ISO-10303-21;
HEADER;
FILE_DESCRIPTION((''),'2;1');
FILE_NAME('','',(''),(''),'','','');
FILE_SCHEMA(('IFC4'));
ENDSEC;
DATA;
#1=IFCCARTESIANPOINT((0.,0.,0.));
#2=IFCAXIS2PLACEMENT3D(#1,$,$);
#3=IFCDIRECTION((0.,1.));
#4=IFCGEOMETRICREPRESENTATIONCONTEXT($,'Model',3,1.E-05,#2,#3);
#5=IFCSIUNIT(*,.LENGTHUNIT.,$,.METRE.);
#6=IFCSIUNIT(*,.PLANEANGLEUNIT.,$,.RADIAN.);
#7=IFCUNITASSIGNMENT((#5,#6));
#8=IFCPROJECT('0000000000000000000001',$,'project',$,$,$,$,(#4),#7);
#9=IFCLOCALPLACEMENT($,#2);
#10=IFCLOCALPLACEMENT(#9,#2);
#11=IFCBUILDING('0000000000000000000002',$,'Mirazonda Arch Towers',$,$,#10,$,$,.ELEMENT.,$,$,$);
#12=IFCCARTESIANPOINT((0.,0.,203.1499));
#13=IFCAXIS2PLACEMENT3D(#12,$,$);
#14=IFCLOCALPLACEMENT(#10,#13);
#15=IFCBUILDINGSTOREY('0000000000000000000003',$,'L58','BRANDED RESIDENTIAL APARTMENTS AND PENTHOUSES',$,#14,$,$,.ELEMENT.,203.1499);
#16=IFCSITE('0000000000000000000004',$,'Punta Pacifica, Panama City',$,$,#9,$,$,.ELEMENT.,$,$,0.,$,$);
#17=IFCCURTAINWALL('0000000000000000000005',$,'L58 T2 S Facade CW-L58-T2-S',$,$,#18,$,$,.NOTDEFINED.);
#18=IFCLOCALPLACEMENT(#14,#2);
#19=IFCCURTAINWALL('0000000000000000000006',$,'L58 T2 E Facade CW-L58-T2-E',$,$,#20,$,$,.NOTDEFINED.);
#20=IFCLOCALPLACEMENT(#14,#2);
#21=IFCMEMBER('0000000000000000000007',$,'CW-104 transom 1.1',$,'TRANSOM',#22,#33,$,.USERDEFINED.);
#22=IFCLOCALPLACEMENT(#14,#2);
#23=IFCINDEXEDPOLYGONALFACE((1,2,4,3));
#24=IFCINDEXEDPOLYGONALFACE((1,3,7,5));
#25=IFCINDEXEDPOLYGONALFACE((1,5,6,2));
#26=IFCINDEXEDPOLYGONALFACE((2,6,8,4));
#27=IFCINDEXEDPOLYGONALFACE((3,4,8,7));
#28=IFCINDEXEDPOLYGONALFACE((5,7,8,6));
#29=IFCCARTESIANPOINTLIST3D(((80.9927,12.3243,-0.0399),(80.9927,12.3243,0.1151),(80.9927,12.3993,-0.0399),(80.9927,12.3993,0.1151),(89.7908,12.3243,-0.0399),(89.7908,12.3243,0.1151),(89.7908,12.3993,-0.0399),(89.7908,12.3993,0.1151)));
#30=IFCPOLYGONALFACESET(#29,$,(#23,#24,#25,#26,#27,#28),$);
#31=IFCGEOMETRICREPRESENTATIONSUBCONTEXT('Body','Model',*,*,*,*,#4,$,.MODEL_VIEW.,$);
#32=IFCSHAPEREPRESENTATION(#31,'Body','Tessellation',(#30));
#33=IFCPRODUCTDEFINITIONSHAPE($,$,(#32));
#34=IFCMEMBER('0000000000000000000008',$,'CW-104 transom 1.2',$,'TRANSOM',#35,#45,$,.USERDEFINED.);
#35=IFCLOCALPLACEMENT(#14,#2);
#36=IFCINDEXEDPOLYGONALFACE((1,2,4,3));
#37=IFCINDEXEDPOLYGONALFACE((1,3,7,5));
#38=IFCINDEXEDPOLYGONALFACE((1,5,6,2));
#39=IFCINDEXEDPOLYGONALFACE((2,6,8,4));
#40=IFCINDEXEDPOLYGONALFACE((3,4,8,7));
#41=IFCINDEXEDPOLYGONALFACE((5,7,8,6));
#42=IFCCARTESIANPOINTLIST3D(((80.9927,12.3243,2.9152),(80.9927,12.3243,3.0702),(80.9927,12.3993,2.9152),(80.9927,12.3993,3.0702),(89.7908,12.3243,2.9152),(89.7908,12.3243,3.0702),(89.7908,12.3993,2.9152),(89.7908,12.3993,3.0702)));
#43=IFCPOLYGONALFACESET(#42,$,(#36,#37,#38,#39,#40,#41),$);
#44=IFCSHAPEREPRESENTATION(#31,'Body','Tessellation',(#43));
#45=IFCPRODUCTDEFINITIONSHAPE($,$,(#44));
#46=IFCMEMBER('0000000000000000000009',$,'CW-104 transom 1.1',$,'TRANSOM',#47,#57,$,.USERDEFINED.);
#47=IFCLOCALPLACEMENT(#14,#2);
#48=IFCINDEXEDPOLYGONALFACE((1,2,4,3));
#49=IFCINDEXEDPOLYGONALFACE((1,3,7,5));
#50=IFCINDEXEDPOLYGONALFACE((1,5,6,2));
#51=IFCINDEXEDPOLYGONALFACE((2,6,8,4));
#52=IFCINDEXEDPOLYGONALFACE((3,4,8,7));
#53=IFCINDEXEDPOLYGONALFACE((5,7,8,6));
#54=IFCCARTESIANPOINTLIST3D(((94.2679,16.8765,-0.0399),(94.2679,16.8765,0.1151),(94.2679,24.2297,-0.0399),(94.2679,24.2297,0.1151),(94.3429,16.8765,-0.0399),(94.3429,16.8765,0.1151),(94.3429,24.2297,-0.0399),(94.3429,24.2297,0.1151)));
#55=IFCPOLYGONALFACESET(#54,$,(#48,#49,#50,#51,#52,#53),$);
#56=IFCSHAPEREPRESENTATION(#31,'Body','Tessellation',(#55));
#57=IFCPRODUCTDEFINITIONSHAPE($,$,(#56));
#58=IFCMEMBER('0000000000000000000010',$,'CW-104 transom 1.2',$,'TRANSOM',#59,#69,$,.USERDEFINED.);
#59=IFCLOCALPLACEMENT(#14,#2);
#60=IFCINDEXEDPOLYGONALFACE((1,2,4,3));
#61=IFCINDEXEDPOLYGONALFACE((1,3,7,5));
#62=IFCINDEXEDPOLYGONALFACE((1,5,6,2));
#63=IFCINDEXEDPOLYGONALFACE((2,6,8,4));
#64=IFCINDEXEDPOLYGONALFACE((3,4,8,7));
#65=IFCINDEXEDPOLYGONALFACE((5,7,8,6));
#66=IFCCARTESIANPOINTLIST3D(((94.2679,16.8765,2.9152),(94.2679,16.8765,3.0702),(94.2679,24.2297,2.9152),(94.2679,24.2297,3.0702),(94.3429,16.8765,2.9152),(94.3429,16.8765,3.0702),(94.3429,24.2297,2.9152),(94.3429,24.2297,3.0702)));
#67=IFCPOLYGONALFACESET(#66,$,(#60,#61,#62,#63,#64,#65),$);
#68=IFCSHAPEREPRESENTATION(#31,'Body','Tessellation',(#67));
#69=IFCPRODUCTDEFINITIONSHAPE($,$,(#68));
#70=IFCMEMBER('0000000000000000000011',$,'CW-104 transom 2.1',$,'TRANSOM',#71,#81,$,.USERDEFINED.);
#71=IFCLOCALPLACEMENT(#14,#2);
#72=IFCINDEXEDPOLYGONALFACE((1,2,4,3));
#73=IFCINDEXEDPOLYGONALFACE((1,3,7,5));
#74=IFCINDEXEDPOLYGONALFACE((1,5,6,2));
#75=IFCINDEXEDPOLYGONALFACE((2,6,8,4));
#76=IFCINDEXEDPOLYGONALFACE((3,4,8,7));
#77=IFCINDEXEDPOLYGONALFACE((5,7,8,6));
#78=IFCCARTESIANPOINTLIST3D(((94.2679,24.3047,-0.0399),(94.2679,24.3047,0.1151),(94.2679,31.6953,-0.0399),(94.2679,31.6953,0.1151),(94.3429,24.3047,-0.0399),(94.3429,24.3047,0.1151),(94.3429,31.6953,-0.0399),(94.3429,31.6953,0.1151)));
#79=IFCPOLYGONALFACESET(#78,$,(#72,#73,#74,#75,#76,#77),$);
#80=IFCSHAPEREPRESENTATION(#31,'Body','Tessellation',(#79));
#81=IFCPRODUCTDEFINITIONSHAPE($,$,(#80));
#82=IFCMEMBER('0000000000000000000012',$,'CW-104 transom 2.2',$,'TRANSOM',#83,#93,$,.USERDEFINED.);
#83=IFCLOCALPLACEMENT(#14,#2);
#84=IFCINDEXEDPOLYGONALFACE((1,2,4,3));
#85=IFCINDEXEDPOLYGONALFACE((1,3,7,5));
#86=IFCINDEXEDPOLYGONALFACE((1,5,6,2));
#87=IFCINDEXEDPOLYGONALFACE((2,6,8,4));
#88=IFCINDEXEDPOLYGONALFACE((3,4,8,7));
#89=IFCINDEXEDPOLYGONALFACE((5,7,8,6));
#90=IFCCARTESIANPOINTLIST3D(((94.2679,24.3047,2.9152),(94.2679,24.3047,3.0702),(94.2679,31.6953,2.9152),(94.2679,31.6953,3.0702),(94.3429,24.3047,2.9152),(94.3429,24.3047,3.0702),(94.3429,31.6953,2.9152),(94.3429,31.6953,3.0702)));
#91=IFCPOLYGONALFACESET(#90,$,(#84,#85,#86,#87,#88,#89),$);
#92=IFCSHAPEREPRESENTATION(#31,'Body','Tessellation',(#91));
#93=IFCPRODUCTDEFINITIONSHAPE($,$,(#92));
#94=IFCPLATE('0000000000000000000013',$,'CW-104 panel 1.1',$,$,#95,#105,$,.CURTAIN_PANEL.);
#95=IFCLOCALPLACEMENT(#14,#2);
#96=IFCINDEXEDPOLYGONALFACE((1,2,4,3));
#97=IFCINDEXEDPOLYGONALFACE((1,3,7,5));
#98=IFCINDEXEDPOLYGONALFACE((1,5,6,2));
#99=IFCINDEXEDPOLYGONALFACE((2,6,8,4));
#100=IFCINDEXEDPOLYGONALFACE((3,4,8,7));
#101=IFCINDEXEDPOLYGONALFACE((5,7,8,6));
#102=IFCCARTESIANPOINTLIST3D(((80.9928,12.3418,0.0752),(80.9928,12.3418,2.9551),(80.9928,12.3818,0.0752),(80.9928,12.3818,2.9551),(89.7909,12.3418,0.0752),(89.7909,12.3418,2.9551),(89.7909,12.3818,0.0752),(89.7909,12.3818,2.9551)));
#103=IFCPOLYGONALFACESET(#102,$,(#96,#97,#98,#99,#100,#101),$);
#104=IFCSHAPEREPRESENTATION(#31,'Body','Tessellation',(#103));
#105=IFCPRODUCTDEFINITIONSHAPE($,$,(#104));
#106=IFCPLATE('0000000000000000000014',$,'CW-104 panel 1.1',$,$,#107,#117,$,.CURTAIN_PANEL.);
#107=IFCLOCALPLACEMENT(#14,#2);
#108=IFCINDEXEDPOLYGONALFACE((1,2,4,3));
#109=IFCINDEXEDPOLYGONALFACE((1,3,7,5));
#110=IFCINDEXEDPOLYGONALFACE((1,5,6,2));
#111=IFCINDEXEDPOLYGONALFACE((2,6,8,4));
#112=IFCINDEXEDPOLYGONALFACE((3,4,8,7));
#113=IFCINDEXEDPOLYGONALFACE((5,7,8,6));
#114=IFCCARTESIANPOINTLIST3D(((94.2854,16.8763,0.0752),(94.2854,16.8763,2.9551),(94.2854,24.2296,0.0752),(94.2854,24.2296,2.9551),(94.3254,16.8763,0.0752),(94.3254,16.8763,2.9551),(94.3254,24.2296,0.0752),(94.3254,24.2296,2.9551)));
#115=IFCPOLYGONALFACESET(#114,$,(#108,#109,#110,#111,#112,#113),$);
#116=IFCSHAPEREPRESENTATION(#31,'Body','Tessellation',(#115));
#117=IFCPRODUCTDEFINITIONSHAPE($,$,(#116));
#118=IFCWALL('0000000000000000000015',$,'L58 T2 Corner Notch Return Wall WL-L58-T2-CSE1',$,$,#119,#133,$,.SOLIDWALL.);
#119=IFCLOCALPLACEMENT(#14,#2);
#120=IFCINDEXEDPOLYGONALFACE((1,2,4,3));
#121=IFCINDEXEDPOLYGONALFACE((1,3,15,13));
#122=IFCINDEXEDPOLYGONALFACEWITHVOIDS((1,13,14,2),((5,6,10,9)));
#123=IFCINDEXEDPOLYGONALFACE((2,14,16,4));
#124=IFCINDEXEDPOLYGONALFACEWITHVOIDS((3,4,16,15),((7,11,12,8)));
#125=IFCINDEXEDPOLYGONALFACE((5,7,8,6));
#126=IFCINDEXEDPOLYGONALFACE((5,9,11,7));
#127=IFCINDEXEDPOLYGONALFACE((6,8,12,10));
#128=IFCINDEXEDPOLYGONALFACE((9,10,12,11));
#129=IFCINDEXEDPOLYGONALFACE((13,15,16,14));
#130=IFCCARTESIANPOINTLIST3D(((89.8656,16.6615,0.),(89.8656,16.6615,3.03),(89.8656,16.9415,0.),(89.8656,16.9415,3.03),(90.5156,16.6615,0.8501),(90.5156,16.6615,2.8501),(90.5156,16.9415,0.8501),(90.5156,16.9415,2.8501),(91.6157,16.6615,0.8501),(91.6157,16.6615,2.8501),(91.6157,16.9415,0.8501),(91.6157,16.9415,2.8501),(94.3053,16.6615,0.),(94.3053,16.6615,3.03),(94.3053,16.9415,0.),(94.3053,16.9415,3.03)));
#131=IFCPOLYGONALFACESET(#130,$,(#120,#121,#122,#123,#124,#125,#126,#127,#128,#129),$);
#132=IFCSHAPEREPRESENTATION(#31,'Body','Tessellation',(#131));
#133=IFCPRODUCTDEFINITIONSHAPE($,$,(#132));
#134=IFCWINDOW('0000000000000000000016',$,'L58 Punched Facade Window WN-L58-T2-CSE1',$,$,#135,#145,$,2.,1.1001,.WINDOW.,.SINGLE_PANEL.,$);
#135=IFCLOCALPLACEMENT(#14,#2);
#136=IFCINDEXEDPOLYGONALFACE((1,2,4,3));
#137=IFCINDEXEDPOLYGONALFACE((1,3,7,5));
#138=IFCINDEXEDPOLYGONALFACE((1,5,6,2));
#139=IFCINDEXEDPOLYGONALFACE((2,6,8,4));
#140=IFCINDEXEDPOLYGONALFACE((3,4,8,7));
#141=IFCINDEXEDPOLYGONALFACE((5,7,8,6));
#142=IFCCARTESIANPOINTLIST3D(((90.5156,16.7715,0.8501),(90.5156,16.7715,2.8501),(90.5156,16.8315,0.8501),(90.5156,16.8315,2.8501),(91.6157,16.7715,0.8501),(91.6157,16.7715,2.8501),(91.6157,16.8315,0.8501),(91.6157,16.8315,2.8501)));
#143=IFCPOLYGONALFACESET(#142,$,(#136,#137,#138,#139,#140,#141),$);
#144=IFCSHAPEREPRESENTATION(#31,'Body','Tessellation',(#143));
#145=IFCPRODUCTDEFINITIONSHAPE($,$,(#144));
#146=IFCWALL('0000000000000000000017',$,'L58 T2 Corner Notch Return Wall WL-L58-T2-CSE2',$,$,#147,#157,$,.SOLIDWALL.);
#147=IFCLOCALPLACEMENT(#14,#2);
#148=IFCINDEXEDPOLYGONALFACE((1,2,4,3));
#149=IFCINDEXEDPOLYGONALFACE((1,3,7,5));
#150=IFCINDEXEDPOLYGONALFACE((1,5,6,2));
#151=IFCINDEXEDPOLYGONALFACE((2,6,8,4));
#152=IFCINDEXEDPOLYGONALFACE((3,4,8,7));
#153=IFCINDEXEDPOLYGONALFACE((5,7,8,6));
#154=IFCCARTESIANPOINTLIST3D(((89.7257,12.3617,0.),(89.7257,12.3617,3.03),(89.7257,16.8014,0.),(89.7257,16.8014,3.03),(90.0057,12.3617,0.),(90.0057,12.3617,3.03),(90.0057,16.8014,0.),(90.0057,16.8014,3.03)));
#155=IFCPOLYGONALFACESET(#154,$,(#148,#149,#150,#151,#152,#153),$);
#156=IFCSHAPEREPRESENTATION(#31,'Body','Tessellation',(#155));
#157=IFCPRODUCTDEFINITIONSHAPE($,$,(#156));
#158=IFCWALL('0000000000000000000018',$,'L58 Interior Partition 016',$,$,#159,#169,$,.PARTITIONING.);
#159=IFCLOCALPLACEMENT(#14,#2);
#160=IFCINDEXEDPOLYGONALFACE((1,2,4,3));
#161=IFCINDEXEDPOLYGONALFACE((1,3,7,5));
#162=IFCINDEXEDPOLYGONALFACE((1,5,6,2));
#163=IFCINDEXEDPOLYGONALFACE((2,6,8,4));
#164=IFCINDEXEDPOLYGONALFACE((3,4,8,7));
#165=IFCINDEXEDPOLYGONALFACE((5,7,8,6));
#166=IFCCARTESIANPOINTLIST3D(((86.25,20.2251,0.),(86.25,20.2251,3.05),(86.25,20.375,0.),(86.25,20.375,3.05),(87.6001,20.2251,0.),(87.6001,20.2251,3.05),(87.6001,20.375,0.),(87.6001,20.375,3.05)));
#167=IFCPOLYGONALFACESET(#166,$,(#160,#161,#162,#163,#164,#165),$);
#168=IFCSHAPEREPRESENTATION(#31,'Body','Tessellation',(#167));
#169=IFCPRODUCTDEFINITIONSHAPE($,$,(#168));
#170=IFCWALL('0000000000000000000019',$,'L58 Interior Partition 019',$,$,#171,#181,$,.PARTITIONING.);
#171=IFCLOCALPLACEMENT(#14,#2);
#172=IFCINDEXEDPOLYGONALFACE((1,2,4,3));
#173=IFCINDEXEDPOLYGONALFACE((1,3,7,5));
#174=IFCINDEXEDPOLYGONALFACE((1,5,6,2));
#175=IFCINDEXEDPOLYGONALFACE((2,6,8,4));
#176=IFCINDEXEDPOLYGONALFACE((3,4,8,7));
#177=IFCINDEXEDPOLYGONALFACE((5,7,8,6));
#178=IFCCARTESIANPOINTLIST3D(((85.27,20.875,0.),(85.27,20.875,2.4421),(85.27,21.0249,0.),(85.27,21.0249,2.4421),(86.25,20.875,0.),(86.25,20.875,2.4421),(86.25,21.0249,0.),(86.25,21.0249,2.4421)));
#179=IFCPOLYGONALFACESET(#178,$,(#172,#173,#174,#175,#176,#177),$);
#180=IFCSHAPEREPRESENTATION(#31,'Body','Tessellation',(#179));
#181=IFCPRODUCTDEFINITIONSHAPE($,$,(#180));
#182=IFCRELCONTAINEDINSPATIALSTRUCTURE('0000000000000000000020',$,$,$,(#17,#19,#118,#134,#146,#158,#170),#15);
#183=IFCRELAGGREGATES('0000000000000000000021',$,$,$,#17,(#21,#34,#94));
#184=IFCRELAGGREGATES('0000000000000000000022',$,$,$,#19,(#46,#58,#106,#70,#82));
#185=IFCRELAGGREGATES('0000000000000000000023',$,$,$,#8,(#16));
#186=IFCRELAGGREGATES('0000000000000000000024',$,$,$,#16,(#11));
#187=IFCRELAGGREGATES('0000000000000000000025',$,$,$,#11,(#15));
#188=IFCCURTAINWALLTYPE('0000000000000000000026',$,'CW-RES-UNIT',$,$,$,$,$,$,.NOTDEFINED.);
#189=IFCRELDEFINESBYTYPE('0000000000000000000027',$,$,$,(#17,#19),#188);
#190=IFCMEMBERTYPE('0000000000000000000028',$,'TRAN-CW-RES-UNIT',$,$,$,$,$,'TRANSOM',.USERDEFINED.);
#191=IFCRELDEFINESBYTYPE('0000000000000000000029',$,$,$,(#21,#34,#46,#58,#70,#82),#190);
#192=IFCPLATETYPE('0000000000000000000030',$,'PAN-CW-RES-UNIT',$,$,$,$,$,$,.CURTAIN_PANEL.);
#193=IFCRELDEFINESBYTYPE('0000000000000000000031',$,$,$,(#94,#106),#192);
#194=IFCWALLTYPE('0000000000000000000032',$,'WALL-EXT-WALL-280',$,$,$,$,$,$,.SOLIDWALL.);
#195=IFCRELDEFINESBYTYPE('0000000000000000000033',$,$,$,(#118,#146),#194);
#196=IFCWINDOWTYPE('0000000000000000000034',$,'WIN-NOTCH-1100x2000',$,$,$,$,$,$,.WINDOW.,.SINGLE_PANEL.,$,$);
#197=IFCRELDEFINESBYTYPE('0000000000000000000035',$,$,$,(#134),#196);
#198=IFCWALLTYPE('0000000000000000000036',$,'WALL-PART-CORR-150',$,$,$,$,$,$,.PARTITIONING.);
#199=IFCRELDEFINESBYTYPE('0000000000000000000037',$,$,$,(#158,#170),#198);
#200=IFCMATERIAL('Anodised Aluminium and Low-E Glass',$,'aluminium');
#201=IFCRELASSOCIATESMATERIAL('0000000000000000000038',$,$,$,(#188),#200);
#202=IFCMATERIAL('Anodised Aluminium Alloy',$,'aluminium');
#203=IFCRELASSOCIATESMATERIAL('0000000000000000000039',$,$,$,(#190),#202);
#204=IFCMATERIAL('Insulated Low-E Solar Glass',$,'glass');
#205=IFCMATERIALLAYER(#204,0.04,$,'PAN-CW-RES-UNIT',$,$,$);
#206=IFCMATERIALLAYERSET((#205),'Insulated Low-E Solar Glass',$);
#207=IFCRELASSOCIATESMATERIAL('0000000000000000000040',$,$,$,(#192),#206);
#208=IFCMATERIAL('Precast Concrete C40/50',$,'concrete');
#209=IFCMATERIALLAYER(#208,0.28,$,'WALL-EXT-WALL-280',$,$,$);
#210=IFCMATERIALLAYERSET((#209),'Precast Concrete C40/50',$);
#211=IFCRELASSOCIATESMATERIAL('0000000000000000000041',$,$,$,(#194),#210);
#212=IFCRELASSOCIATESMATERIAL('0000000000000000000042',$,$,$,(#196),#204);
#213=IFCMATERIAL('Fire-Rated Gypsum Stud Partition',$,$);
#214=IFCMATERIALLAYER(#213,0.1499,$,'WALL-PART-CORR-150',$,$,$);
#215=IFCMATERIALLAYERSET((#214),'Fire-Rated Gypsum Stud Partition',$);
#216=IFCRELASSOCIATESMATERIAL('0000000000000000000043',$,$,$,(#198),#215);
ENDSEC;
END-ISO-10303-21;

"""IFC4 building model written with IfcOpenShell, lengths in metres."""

from ifc_helpers import new_model, si_unit, direction, frame, frame_2d, origin, origin_2d, place, context, subcontext, project, spatial, rectangle, extrude, material, layer, layer_set, material_profile, profile_set, type_object, element, fill, aggregate, save


model = new_model("IFC4")

# Units and contexts
model_context = context("Model", 3, precision=1e-05, world=origin(), true_north=direction((0.0, 1.0)))
body_context = subcontext(model_context, "Body", "Model", "MODEL_VIEW")
ifc_project = project(units=[si_unit("LENGTHUNIT", "METRE"), si_unit("PLANEANGLEUNIT", "RADIAN")], contexts=[model_context])

# Site, building, storey
site_placement = place(None, origin())
site = spatial("IfcSite", under=ifc_project, at=site_placement, Name="Punta Pacifica, Panama City", CompositionType="ELEMENT", RefElevation=0.0)
building_placement = place(site_placement, origin())
building = spatial("IfcBuilding", under=site, at=building_placement, Name="Mirazonda Arch Towers", CompositionType="ELEMENT")
storey_placement = place(building_placement, frame((0.0, 0.0, 203.1499)))
storey = spatial("IfcBuildingStorey", under=building, at=storey_placement, Name="L58", Description="BRANDED RESIDENTIAL APARTMENTS AND PENTHOUSES", CompositionType="ELEMENT", Elevation=203.1499)

# Curtain wall
ifc_material_1 = material(Name="Anodised Aluminium and Low-E Glass", Category="aluminium")
curtain_wall_type = type_object("IfcCurtainWallType", Name="CW-RES-UNIT", PredefinedType="NOTDEFINED", material=ifc_material_1)
curtain_wall_1_placement = place(storey_placement, origin())
curtain_wall_1 = element("IfcCurtainWall", 1, at=curtain_wall_1_placement, inside=storey, type_object=curtain_wall_type, Name="L58 T2 S Facade CW-L58-T2-S", PredefinedType="NOTDEFINED")
ifc_material_2 = material(Name="Anodised Aluminium Alloy", Category="aluminium")

# Curtain wall
curtain_wall_2_placement = place(storey_placement, origin())
curtain_wall_2 = element("IfcCurtainWall", 2, at=curtain_wall_2_placement, inside=storey, type_object=curtain_wall_type, Name="L58 T2 E Facade CW-L58-T2-E", PredefinedType="NOTDEFINED")

# Members
ifc_material_profile_1 = material_profile(ifc_material_2, rectangle(XDim=0.075, YDim=0.155, at=origin_2d()), Name="ALU-TRAN-75x155")
ifc_profile_set_1 = profile_set([ifc_material_profile_1], Name="Anodised Aluminium Alloy")
member_type_1 = type_object("IfcMemberType", Name="TRAN-CW-RES-UNIT", ElementType="TRANSOM", PredefinedType="USERDEFINED", material=ifc_profile_set_1)
member_1_placement = place(storey_placement, frame((89.7908, 12.3618, 0.0376), z_axis=(-1.0, 0.0, 0.0), x_axis=(0.0, -1.0, 0.0)))
member_1 = element("IfcMember", 3, at=member_1_placement, type_object=member_type_1, Name="CW-104 transom 1.1", ObjectType="TRANSOM", PredefinedType="USERDEFINED", context=body_context, shape_type="SweptSolid", body=[
    extrude(rectangle(XDim=0.075, YDim=0.155, at=origin_2d()), origin(), (0.0, 0.0, 1.0), 8.7981),
])
member_2_placement = place(storey_placement, frame((89.7908, 12.3618, 2.9927), z_axis=(-1.0, 0.0, 0.0), x_axis=(0.0, -1.0, 0.0)))
member_2 = element("IfcMember", 4, at=member_2_placement, type_object=member_type_1, Name="CW-104 transom 1.2", ObjectType="TRANSOM", PredefinedType="USERDEFINED", context=body_context, shape_type="SweptSolid", body=[
    extrude(rectangle(XDim=0.075, YDim=0.155, at=origin_2d()), origin(), (0.0, 0.0, 1.0), 8.7981),
])
member_3_placement = place(storey_placement, frame((94.3054, 16.8765, 0.0376), z_axis=(0.0, 1.0, 0.0), x_axis=(-1.0, 0.0, 0.0)))
member_3 = element("IfcMember", 5, at=member_3_placement, type_object=member_type_1, Name="CW-104 transom 1.1", ObjectType="TRANSOM", PredefinedType="USERDEFINED", context=body_context, shape_type="SweptSolid", body=[
    extrude(rectangle(XDim=0.075, YDim=0.155, at=origin_2d()), origin(), (0.0, 0.0, 1.0), 7.3533),
])
member_4_placement = place(storey_placement, frame((94.3054, 16.8765, 2.9927), z_axis=(0.0, 1.0, 0.0), x_axis=(-1.0, 0.0, 0.0)))
member_4 = element("IfcMember", 6, at=member_4_placement, type_object=member_type_1, Name="CW-104 transom 1.2", ObjectType="TRANSOM", PredefinedType="USERDEFINED", context=body_context, shape_type="SweptSolid", body=[
    extrude(rectangle(XDim=0.075, YDim=0.155, at=origin_2d()), origin(), (0.0, 0.0, 1.0), 7.3533),
])
member_5_placement = place(storey_placement, frame((94.3054, 24.3047, 0.0376), z_axis=(0.0, 1.0, 0.0), x_axis=(-1.0, 0.0, 0.0)))
member_5 = element("IfcMember", 7, at=member_5_placement, type_object=member_type_1, Name="CW-104 transom 2.1", ObjectType="TRANSOM", PredefinedType="USERDEFINED", context=body_context, shape_type="SweptSolid", body=[
    extrude(rectangle(XDim=0.075, YDim=0.155, at=origin_2d()), origin(), (0.0, 0.0, 1.0), 7.3906),
])
member_6_placement = place(storey_placement, frame((94.3054, 24.3047, 2.9927), z_axis=(0.0, 1.0, 0.0), x_axis=(-1.0, 0.0, 0.0)))
member_6 = element("IfcMember", 8, at=member_6_placement, type_object=member_type_1, Name="CW-104 transom 2.2", ObjectType="TRANSOM", PredefinedType="USERDEFINED", context=body_context, shape_type="SweptSolid", body=[
    extrude(rectangle(XDim=0.075, YDim=0.155, at=origin_2d()), origin(), (0.0, 0.0, 1.0), 7.3906),
])

# Plates
ifc_material_3 = material(Name="Insulated Low-E Solar Glass", Category="glass")
ifc_layer_1 = layer(ifc_material_3, 0.04, Name="PAN-CW-RES-UNIT")
ifc_layer_set_1 = layer_set([ifc_layer_1], Name="Insulated Low-E Solar Glass")
plate_type = type_object("IfcPlateType", Name="PAN-CW-RES-UNIT", PredefinedType="CURTAIN_PANEL", material=ifc_layer_set_1)
plate_1_placement = place(storey_placement, frame((85.3918, 12.3618, 0.0752), z_axis=(0.0, 0.0, 1.0), x_axis=(-1.0, 0.0, 0.0)))
plate_1 = element("IfcPlate", 9, at=plate_1_placement, type_object=plate_type, Name="CW-104 panel 1.1", PredefinedType="CURTAIN_PANEL", context=body_context, shape_type="SweptSolid", body=[
    extrude(rectangle(XDim=8.7981, YDim=0.04, at=origin_2d()), origin(), (0.0, 0.0, 1.0), 2.8799),
])
aggregate(curtain_wall_1, [member_1, member_2, plate_1])
plate_2_placement = place(storey_placement, frame((94.3054, 20.553, 0.0752), z_axis=(0.0, 0.0, 1.0), x_axis=(0.0, 1.0, 0.0)))
plate_2 = element("IfcPlate", 10, at=plate_2_placement, type_object=plate_type, Name="CW-104 panel 1.1", PredefinedType="CURTAIN_PANEL", context=body_context, shape_type="SweptSolid", body=[
    extrude(rectangle(XDim=7.3533, YDim=0.04, at=origin_2d()), origin(), (0.0, 0.0, 1.0), 2.8799),
])
aggregate(curtain_wall_2, [member_3, member_4, plate_2, member_5, member_6])

# Wall, opening, window
ifc_material_4 = material(Name="Precast Concrete C40/50", Category="concrete")
ifc_layer_2 = layer(ifc_material_4, 0.28, Name="WALL-EXT-WALL-280")
ifc_layer_set_2 = layer_set([ifc_layer_2], Name="Precast Concrete C40/50")
wall_type_1 = type_object("IfcWallType", Name="WALL-EXT-WALL-280", PredefinedType="SOLIDWALL", material=ifc_layer_set_2)
wall_1_placement = place(storey_placement, frame((89.8657, 16.8015, 0.0), z_axis=(0.0, 0.0, 1.0), x_axis=(1.0, 0.0, 0.0)))
wall_1 = element("IfcWall", 11, at=wall_1_placement, inside=storey, type_object=wall_type_1, Name="L58 T2 Corner Notch Return Wall WL-L58-T2-CSE1", PredefinedType="SOLIDWALL", context=body_context, shape_type="SweptSolid", body=[
    extrude(rectangle(XDim=4.4397, YDim=0.28, at=frame_2d((2.2197, 0.0))), origin(), (0.0, 0.0, 1.0), 3.03),
])
opening_1_placement = place(wall_1_placement, frame((0.6499, 0.0, 0.8501)))
opening_1 = element("IfcOpeningElement", 12, at=opening_1_placement, cuts=wall_1, PredefinedType="OPENING", context=body_context, shape_type="SweptSolid", body=[
    extrude(rectangle(XDim=1.1001, YDim=2.0, at=frame_2d((0.55, 1.0))), frame((0.0, 0.1499, 0.0), z_axis=(0.0, -1.0, 0.0), x_axis=(1.0, 0.0, 0.0)), (0.0, 0.0, 1.0), 0.3),
])
window_type = type_object("IfcWindowType", Name="WIN-NOTCH-1100x2000", PartitioningType="SINGLE_PANEL", PredefinedType="WINDOW", material=ifc_material_3)
window_placement = place(opening_1_placement, origin())
window = element("IfcWindow", 13, at=window_placement, inside=storey, type_object=window_type, Name="L58 Punched Facade Window WN-L58-T2-CSE1", OverallHeight=2.0, OverallWidth=1.1001, PartitioningType="SINGLE_PANEL", PredefinedType="WINDOW", context=body_context, shape_type="SweptSolid", body=[
    extrude(rectangle(XDim=1.1001, YDim=2.0, at=frame_2d((0.55, 1.0))), frame((0.0, 0.03, 0.0), z_axis=(0.0, -1.0, 0.0), x_axis=(1.0, 0.0, 0.0)), (0.0, 0.0, 1.0), 0.0601),
])
fill(opening_1, window)

# Walls
wall_2_placement = place(storey_placement, frame((89.8657, 12.3618, 0.0), z_axis=(0.0, 0.0, 1.0), x_axis=(0.0, 1.0, 0.0)))
element("IfcWall", 14, at=wall_2_placement, inside=storey, type_object=wall_type_1, Name="L58 T2 Corner Notch Return Wall WL-L58-T2-CSE2", PredefinedType="SOLIDWALL", context=body_context, shape_type="SweptSolid", body=[
    extrude(rectangle(XDim=4.4397, YDim=0.28, at=frame_2d((2.2197, 0.0))), origin(), (0.0, 0.0, 1.0), 3.03),
])
ifc_material_5 = material(Name="Fire-Rated Gypsum Stud Partition")
ifc_layer_3 = layer(ifc_material_5, 0.1499, Name="WALL-PART-CORR-150")
ifc_layer_set_3 = layer_set([ifc_layer_3], Name="Fire-Rated Gypsum Stud Partition")
wall_type_2 = type_object("IfcWallType", Name="WALL-PART-CORR-150", PredefinedType="PARTITIONING", material=ifc_layer_set_3)
wall_3_placement = place(storey_placement, frame((86.25, 20.3, 0.0), z_axis=(0.0, 0.0, 1.0), x_axis=(1.0, 0.0, 0.0)))
element("IfcWall", 15, at=wall_3_placement, inside=storey, type_object=wall_type_2, Name="L58 Interior Partition 016", PredefinedType="PARTITIONING", context=body_context, shape_type="SweptSolid", body=[
    extrude(rectangle(XDim=1.3501, YDim=0.1499, at=frame_2d((0.675, 0.0))), origin(), (0.0, 0.0, 1.0), 3.05),
])
wall_4_placement = place(storey_placement, frame((85.27, 20.95, 0.0), z_axis=(0.0, 0.0, 1.0), x_axis=(1.0, 0.0, 0.0)))
element("IfcWall", 16, at=wall_4_placement, inside=storey, type_object=wall_type_2, Name="L58 Interior Partition 019", PredefinedType="PARTITIONING", context=body_context, shape_type="SweptSolid", body=[
    extrude(rectangle(XDim=0.98, YDim=0.1499, at=frame_2d((0.49, 0.0))), origin(), (0.0, 0.0, 1.0), 2.4421),
])

save(model, "model.ifc")
